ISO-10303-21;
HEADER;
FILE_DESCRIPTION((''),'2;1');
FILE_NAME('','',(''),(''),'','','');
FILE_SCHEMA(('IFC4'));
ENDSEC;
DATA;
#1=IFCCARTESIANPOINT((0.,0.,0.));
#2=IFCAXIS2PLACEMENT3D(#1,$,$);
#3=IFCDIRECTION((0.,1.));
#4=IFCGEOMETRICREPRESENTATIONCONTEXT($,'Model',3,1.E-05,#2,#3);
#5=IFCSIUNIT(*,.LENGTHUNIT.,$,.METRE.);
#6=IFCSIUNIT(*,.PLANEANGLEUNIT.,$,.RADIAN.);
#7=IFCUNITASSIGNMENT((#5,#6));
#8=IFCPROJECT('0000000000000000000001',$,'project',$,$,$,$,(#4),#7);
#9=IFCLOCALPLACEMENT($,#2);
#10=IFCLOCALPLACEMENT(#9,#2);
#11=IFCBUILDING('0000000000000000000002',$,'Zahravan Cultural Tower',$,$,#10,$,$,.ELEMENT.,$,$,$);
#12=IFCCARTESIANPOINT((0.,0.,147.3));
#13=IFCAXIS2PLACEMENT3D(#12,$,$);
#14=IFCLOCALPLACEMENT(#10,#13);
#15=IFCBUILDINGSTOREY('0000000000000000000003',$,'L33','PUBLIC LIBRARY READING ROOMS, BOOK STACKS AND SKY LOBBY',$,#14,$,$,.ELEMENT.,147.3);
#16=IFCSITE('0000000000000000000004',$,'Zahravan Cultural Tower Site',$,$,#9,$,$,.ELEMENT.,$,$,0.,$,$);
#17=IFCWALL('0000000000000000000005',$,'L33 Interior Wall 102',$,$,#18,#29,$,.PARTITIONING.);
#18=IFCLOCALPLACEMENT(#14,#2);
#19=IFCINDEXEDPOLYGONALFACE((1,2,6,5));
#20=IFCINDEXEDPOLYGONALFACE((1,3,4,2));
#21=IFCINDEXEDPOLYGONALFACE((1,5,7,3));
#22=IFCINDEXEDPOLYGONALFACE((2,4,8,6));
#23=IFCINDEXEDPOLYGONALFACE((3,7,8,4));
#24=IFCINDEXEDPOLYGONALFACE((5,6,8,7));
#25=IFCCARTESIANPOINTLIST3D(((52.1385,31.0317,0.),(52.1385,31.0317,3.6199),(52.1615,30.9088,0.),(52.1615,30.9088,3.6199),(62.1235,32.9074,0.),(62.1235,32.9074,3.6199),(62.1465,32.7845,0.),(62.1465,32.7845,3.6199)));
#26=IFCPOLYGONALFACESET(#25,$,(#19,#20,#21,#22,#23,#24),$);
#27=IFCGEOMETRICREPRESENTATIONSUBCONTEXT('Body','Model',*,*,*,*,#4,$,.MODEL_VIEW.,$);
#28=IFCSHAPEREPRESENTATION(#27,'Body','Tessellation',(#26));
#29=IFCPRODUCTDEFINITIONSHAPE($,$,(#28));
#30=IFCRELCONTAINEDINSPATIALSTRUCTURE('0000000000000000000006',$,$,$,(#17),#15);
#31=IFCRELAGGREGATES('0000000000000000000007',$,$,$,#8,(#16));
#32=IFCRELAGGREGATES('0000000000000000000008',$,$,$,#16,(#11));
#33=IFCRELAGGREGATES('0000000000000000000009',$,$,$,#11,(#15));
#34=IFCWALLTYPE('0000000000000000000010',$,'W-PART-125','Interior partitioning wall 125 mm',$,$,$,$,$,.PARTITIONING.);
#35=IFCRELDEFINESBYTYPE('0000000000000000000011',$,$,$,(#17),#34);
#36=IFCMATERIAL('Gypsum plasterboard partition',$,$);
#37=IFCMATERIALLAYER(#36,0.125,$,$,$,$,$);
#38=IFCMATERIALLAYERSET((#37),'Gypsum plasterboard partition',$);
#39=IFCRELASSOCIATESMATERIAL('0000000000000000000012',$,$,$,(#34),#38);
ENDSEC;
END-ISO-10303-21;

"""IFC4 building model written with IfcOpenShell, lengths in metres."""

from ifc_helpers import new_model, si_unit, direction, frame, frame_2d, origin, place, context, subcontext, project, spatial, rectangle, extrude, source, transform, mapped, material, layer, layer_set, type_object, element, save


model = new_model("IFC4")

# Units and contexts
model_context = context("Model", 3, precision=1e-05, world=origin(), true_north=direction((0.0, 1.0)))
body_context = subcontext(model_context, "Body", "Model", "MODEL_VIEW")
ifc_project = project(units=[si_unit("LENGTHUNIT", "METRE"), si_unit("PLANEANGLEUNIT", "RADIAN")], contexts=[model_context])

# Site, building, storey
site_placement = place(None, origin())
site = spatial("IfcSite", under=ifc_project, at=site_placement, Name="Zahravan Cultural Tower Site", CompositionType="ELEMENT", RefElevation=0.0)
building_placement = place(site_placement, origin())
building = spatial("IfcBuilding", under=site, at=building_placement, Name="Zahravan Cultural Tower", CompositionType="ELEMENT")
storey_placement = place(building_placement, frame((0.0, 0.0, 147.3)))
storey = spatial("IfcBuildingStorey", under=building, at=storey_placement, Name="L33", Description="PUBLIC LIBRARY READING ROOMS, BOOK STACKS AND SKY LOBBY", CompositionType="ELEMENT", Elevation=147.3)

# Wall
ifc_material_1 = material(Name="Gypsum plasterboard partition")
ifc_layer_1 = layer(ifc_material_1, 0.125)
ifc_layer_set_1 = layer_set([ifc_layer_1], Name="Gypsum plasterboard partition")
wall_type_1 = type_object("IfcWallType", Name="W-PART-125", Description="Interior partitioning wall 125 mm", PredefinedType="PARTITIONING", material=ifc_layer_set_1)
shared_shape_1 = source(origin(), body_context, "Body", "SweptSolid", [
    extrude(rectangle(XDim=10.1597, YDim=0.125, at=frame_2d((5.0798, 0.0))), origin(), (0.0, 0.0, 1.0), 3.6199),
])
wall_1_placement = place(storey_placement, frame((62.135, 32.8459, 0.0), z_axis=(0.0, 0.0, 1.0), x_axis=(-0.982809, -0.184624, 0.0)))
element("IfcWall", 1, at=wall_1_placement, inside=storey, type_object=wall_type_1, Name="L33 Interior Wall 102", PredefinedType="PARTITIONING", context=body_context, shape_type="MappedRepresentation", body=[
    mapped(shared_shape_1, transform((0.0, 0.0, 0.0), x_axis=(1.0, 0.0, 0.0), y_axis=(0.0, 1.0, 0.0), z_axis=(0.0, 0.0, 1.0), scale=1.0)),
])

save(model, "model.ifc")
